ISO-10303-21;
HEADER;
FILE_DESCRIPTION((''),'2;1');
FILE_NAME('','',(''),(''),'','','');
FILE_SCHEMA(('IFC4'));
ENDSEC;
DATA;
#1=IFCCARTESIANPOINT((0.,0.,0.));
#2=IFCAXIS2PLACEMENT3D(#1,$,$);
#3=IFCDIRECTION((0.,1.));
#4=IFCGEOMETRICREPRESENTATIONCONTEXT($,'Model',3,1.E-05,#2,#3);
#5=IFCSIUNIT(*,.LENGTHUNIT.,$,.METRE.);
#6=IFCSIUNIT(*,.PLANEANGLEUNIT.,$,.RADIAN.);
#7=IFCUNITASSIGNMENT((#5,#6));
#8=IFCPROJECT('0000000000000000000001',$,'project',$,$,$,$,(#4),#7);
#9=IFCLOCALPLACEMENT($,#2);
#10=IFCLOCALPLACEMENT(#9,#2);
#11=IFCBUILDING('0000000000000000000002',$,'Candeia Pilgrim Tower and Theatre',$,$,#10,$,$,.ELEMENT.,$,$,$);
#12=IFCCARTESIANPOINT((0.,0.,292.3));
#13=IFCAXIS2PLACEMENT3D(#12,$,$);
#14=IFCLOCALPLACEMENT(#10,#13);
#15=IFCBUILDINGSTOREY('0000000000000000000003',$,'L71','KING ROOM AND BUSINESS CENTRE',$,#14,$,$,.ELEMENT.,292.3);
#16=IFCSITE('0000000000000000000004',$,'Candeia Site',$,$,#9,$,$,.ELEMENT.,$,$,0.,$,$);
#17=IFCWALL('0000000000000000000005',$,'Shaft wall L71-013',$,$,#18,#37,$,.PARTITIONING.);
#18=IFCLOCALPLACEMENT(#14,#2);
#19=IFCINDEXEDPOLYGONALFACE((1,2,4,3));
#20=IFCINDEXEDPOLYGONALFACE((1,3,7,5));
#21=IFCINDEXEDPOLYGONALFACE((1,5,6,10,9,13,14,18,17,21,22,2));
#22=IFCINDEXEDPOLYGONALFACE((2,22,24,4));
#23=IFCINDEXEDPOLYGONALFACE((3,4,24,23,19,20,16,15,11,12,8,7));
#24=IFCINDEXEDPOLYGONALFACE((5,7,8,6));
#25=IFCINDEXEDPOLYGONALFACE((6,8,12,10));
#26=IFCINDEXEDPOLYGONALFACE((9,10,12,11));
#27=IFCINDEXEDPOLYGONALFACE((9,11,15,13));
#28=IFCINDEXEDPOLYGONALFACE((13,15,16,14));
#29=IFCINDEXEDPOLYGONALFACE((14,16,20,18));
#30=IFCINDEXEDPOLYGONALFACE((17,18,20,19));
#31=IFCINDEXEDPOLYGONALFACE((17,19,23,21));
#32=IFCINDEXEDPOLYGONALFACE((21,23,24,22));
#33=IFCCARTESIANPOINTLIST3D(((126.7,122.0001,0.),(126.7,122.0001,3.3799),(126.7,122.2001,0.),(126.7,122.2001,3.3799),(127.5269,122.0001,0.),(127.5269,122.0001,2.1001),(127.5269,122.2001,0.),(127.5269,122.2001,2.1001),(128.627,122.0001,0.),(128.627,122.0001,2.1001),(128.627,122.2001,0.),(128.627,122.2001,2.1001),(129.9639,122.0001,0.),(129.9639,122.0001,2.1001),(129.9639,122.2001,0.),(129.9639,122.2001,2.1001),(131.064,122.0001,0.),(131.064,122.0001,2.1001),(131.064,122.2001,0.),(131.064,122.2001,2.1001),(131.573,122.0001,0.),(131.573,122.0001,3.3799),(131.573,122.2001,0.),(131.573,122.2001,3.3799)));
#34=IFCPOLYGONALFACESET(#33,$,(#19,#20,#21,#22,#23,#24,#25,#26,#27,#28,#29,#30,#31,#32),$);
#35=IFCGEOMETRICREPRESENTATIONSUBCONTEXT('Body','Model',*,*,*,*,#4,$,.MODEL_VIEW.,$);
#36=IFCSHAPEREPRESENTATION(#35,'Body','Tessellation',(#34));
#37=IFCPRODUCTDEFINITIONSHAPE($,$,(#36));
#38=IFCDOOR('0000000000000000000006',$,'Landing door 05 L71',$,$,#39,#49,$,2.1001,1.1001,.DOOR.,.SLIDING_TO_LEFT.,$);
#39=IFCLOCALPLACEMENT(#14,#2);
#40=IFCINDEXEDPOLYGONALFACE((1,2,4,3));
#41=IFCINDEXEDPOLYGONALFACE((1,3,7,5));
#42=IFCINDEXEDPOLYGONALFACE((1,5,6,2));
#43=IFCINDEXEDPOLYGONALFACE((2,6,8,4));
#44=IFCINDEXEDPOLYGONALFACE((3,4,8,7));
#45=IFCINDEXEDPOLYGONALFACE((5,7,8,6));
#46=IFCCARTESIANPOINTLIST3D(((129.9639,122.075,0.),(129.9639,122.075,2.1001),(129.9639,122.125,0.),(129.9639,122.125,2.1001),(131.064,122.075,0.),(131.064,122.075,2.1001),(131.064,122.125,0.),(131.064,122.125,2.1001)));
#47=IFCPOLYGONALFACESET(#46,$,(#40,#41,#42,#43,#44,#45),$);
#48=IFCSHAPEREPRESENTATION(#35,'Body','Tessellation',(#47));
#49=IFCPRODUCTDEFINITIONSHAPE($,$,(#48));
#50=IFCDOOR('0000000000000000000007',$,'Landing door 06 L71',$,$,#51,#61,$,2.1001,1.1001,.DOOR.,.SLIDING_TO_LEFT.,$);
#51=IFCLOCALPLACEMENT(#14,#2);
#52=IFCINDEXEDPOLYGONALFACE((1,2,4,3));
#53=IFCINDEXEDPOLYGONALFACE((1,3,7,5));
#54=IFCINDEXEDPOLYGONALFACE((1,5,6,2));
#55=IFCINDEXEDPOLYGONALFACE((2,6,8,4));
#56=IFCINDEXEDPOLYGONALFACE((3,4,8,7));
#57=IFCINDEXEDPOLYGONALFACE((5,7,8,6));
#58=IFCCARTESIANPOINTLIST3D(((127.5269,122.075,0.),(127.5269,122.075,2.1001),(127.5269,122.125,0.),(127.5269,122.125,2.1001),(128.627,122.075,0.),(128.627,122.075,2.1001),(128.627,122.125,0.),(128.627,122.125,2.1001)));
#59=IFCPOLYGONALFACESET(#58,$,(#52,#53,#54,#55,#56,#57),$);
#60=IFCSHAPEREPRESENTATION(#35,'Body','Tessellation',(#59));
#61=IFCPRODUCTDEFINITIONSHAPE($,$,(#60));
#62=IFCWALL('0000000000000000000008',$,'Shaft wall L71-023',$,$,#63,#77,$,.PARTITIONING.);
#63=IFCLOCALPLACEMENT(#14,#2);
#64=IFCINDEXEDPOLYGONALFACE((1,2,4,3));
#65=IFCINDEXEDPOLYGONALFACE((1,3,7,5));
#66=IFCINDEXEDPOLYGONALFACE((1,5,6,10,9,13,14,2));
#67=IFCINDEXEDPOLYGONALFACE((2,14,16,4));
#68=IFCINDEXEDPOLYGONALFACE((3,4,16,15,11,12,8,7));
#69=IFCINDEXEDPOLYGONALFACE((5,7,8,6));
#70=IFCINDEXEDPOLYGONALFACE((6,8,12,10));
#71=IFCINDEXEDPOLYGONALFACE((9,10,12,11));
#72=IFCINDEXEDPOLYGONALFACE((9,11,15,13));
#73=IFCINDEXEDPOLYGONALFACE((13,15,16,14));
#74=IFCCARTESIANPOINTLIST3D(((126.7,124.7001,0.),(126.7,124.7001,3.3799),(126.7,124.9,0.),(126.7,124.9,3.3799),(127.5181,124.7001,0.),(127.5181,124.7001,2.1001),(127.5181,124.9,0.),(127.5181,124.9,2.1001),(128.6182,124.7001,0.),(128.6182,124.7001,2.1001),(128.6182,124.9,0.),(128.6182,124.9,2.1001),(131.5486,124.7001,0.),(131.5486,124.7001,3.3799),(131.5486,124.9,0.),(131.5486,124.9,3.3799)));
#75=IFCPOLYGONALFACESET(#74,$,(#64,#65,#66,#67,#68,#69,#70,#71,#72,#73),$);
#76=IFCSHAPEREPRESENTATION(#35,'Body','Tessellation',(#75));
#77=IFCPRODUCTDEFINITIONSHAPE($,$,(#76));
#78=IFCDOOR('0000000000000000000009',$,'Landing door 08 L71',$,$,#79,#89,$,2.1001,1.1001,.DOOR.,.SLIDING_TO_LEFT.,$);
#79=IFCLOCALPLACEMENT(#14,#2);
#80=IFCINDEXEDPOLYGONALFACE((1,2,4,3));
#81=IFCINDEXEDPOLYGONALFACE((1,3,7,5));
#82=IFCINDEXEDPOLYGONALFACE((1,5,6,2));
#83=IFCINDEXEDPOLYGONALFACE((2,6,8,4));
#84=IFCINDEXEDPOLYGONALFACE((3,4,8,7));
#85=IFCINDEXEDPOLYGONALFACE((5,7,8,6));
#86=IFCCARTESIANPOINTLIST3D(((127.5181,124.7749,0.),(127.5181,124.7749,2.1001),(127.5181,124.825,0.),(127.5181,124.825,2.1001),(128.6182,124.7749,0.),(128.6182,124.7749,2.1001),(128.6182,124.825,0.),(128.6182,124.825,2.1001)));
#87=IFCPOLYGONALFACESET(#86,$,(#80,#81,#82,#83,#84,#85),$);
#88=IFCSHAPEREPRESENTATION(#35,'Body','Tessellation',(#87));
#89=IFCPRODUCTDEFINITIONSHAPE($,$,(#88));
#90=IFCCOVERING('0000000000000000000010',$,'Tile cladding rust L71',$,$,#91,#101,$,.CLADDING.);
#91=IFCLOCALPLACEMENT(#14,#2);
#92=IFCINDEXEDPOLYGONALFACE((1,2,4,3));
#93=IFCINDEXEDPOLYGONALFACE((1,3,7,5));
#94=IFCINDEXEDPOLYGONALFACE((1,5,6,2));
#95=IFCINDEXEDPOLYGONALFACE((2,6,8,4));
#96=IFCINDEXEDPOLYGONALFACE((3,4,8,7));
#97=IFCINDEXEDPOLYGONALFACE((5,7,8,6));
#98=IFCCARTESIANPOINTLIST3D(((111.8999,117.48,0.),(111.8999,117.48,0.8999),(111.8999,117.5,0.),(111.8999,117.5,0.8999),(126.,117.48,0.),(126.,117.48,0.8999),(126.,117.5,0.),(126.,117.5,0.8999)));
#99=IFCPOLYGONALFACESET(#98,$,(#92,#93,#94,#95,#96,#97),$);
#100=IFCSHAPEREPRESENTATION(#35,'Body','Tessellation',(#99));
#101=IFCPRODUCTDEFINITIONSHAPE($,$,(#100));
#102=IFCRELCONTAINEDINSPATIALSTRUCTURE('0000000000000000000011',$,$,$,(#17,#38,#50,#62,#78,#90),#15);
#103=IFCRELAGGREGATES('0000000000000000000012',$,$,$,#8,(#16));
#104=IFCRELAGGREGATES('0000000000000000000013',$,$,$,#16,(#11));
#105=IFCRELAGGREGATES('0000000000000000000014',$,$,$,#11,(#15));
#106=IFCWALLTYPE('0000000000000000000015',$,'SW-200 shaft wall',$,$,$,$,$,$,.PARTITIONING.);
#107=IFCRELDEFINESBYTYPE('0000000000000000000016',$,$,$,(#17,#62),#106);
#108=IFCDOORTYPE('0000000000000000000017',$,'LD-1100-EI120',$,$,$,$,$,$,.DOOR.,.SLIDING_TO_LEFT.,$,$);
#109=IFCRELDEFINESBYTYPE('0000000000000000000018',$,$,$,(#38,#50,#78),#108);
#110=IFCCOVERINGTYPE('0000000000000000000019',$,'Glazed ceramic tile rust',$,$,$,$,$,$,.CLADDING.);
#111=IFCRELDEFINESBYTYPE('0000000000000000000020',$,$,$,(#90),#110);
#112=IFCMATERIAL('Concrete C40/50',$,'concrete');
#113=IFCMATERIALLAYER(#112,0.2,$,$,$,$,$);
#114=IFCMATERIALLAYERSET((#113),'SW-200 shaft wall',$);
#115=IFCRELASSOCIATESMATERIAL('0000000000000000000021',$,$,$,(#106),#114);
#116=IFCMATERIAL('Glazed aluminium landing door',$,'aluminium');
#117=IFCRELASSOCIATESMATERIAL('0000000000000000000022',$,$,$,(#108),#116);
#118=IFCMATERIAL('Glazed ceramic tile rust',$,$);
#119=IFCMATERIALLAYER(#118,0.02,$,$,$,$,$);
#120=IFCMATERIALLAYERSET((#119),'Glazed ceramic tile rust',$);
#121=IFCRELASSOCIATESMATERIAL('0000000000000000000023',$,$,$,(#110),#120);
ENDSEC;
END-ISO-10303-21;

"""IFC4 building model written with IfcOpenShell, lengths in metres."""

from ifc_helpers import new_model, si_unit, direction, frame, frame_2d, origin, origin_2d, place, context, subcontext, project, spatial, rectangle, extrude, material, layer, layer_set, type_object, element, fill, save


model = new_model("IFC4")

# Units and contexts
model_context = context("Model", 3, precision=1e-05, world=origin(), true_north=direction((0.0, 1.0)))
body_context = subcontext(model_context, "Body", "Model", "MODEL_VIEW")
ifc_project = project(units=[si_unit("LENGTHUNIT", "METRE"), si_unit("PLANEANGLEUNIT", "RADIAN")], contexts=[model_context])

# Site, building, storey
site_placement = place(None, origin())
site = spatial("IfcSite", under=ifc_project, at=site_placement, Name="Candeia Site", CompositionType="ELEMENT", RefElevation=0.0)
building_placement = place(site_placement, origin())
building = spatial("IfcBuilding", under=site, at=building_placement, Name="Candeia Pilgrim Tower and Theatre", CompositionType="ELEMENT")
storey_placement = place(building_placement, frame((0.0, 0.0, 292.3)))
storey = spatial("IfcBuildingStorey", under=building, at=storey_placement, Name="L71", Description="KING ROOM AND BUSINESS CENTRE", CompositionType="ELEMENT", Elevation=292.3)

# Shared definitions
ifc_material_1 = material(Name="Concrete C40/50", Category="concrete")

# Shared definitions
ifc_layer_1 = layer(ifc_material_1, 0.2)
ifc_layer_set_1 = layer_set([ifc_layer_1], Name="SW-200 shaft wall")
wall_type_1 = type_object("IfcWallType", Name="SW-200 shaft wall", PredefinedType="PARTITIONING", material=ifc_layer_set_1)

# Wall, openings, doors
wall_1_placement = place(storey_placement, frame((126.7, 122.1001, 0.0), z_axis=(0.0, 0.0, 1.0), x_axis=(1.0, 0.0, 0.0)))
wall_1 = element("IfcWall", 1, at=wall_1_placement, inside=storey, type_object=wall_type_1, Name="Shaft wall L71-013", PredefinedType="PARTITIONING", context=body_context, shape_type="SweptSolid", body=[
    extrude(rectangle(XDim=4.873, YDim=0.2, at=frame_2d((2.4365, 0.0))), origin(), (0.0, 0.0, 1.0), 3.3799),
])
opening_1_placement = place(wall_1_placement, frame((3.2639, 0.0, 0.0)))
opening_1 = element("IfcOpeningElement", 2, at=opening_1_placement, cuts=wall_1, PredefinedType="OPENING", context=body_context, shape_type="SweptSolid", body=[
    extrude(rectangle(XDim=1.1001, YDim=2.1001, at=frame_2d((0.55, 1.05))), frame((0.0, 0.1099, 0.0), z_axis=(0.0, -1.0, 0.0), x_axis=(1.0, 0.0, 0.0)), (0.0, 0.0, 1.0), 0.22),
])
opening_2_placement = place(wall_1_placement, frame((0.8269, 0.0, 0.0)))
opening_2 = element("IfcOpeningElement", 3, at=opening_2_placement, cuts=wall_1, PredefinedType="OPENING", context=body_context, shape_type="SweptSolid", body=[
    extrude(rectangle(XDim=1.1001, YDim=2.1001, at=frame_2d((0.55, 1.05))), frame((0.0, 0.1099, 0.0), z_axis=(0.0, -1.0, 0.0), x_axis=(1.0, 0.0, 0.0)), (0.0, 0.0, 1.0), 0.22),
])
ifc_material_2 = material(Name="Glazed aluminium landing door", Category="aluminium")
door_type_1 = type_object("IfcDoorType", Name="LD-1100-EI120", OperationType="SLIDING_TO_LEFT", PredefinedType="DOOR", material=ifc_material_2)
door_1_placement = place(opening_1_placement, origin())
door_1 = element("IfcDoor", 4, at=door_1_placement, inside=storey, type_object=door_type_1, Name="Landing door 05 L71", OperationType="SLIDING_TO_LEFT", OverallHeight=2.1001, OverallWidth=1.1001, PredefinedType="DOOR", context=body_context, shape_type="SweptSolid", body=[
    extrude(rectangle(XDim=1.1001, YDim=2.1001, at=frame_2d((0.55, 1.05))), frame((0.0, 0.0249, 0.0), z_axis=(0.0, -1.0, 0.0), x_axis=(1.0, 0.0, 0.0)), (0.0, 0.0, 1.0), 0.05),
])
fill(opening_1, door_1)
door_2_placement = place(opening_2_placement, origin())
door_2 = element("IfcDoor", 5, at=door_2_placement, inside=storey, type_object=door_type_1, Name="Landing door 06 L71", OperationType="SLIDING_TO_LEFT", OverallHeight=2.1001, OverallWidth=1.1001, PredefinedType="DOOR", context=body_context, shape_type="SweptSolid", body=[
    extrude(rectangle(XDim=1.1001, YDim=2.1001, at=frame_2d((0.55, 1.05))), frame((0.0, 0.0249, 0.0), z_axis=(0.0, -1.0, 0.0), x_axis=(1.0, 0.0, 0.0)), (0.0, 0.0, 1.0), 0.05),
])
fill(opening_2, door_2)

# Wall, opening, door
wall_2_placement = place(storey_placement, frame((126.7, 124.8, 0.0), z_axis=(0.0, 0.0, 1.0), x_axis=(1.0, 0.0, 0.0)))
wall_2 = element("IfcWall", 6, at=wall_2_placement, inside=storey, type_object=wall_type_1, Name="Shaft wall L71-023", PredefinedType="PARTITIONING", context=body_context, shape_type="SweptSolid", body=[
    extrude(rectangle(XDim=4.8486, YDim=0.2, at=frame_2d((2.4243, 0.0))), origin(), (0.0, 0.0, 1.0), 3.3799),
])
opening_3_placement = place(wall_2_placement, frame((0.8181, 0.0, 0.0)))
opening_3 = element("IfcOpeningElement", 7, at=opening_3_placement, cuts=wall_2, PredefinedType="OPENING", context=body_context, shape_type="SweptSolid", body=[
    extrude(rectangle(XDim=1.1001, YDim=2.1001, at=frame_2d((0.55, 1.05))), frame((0.0, 0.1099, 0.0), z_axis=(0.0, -1.0, 0.0), x_axis=(1.0, 0.0, 0.0)), (0.0, 0.0, 1.0), 0.22),
])
door_3_placement = place(opening_3_placement, origin())
door_3 = element("IfcDoor", 8, at=door_3_placement, inside=storey, type_object=door_type_1, Name="Landing door 08 L71", OperationType="SLIDING_TO_LEFT", OverallHeight=2.1001, OverallWidth=1.1001, PredefinedType="DOOR", context=body_context, shape_type="SweptSolid", body=[
    extrude(rectangle(XDim=1.1001, YDim=2.1001, at=frame_2d((0.55, 1.05))), frame((0.0, 0.0249, 0.0), z_axis=(0.0, -1.0, 0.0), x_axis=(1.0, 0.0, 0.0)), (0.0, 0.0, 1.0), 0.05),
])
fill(opening_3, door_3)

# Covering
ifc_material_3 = material(Name="Glazed ceramic tile rust")
ifc_layer_2 = layer(ifc_material_3, 0.02)
ifc_layer_set_2 = layer_set([ifc_layer_2], Name="Glazed ceramic tile rust")
covering_type = type_object("IfcCoveringType", Name="Glazed ceramic tile rust", PredefinedType="CLADDING", material=ifc_layer_set_2)
covering_placement = place(storey_placement, frame((118.95, 117.49, 0.0), z_axis=(0.0, 0.0, 1.0), x_axis=(1.0, 0.0, 0.0)))
element("IfcCovering", 9, at=covering_placement, inside=storey, type_object=covering_type, Name="Tile cladding rust L71", PredefinedType="CLADDING", context=body_context, shape_type="SweptSolid", body=[
    extrude(rectangle(XDim=14.1001, YDim=0.02, at=origin_2d()), origin(), (0.0, 0.0, 1.0), 0.8999),
])

save(model, "model.ifc")
